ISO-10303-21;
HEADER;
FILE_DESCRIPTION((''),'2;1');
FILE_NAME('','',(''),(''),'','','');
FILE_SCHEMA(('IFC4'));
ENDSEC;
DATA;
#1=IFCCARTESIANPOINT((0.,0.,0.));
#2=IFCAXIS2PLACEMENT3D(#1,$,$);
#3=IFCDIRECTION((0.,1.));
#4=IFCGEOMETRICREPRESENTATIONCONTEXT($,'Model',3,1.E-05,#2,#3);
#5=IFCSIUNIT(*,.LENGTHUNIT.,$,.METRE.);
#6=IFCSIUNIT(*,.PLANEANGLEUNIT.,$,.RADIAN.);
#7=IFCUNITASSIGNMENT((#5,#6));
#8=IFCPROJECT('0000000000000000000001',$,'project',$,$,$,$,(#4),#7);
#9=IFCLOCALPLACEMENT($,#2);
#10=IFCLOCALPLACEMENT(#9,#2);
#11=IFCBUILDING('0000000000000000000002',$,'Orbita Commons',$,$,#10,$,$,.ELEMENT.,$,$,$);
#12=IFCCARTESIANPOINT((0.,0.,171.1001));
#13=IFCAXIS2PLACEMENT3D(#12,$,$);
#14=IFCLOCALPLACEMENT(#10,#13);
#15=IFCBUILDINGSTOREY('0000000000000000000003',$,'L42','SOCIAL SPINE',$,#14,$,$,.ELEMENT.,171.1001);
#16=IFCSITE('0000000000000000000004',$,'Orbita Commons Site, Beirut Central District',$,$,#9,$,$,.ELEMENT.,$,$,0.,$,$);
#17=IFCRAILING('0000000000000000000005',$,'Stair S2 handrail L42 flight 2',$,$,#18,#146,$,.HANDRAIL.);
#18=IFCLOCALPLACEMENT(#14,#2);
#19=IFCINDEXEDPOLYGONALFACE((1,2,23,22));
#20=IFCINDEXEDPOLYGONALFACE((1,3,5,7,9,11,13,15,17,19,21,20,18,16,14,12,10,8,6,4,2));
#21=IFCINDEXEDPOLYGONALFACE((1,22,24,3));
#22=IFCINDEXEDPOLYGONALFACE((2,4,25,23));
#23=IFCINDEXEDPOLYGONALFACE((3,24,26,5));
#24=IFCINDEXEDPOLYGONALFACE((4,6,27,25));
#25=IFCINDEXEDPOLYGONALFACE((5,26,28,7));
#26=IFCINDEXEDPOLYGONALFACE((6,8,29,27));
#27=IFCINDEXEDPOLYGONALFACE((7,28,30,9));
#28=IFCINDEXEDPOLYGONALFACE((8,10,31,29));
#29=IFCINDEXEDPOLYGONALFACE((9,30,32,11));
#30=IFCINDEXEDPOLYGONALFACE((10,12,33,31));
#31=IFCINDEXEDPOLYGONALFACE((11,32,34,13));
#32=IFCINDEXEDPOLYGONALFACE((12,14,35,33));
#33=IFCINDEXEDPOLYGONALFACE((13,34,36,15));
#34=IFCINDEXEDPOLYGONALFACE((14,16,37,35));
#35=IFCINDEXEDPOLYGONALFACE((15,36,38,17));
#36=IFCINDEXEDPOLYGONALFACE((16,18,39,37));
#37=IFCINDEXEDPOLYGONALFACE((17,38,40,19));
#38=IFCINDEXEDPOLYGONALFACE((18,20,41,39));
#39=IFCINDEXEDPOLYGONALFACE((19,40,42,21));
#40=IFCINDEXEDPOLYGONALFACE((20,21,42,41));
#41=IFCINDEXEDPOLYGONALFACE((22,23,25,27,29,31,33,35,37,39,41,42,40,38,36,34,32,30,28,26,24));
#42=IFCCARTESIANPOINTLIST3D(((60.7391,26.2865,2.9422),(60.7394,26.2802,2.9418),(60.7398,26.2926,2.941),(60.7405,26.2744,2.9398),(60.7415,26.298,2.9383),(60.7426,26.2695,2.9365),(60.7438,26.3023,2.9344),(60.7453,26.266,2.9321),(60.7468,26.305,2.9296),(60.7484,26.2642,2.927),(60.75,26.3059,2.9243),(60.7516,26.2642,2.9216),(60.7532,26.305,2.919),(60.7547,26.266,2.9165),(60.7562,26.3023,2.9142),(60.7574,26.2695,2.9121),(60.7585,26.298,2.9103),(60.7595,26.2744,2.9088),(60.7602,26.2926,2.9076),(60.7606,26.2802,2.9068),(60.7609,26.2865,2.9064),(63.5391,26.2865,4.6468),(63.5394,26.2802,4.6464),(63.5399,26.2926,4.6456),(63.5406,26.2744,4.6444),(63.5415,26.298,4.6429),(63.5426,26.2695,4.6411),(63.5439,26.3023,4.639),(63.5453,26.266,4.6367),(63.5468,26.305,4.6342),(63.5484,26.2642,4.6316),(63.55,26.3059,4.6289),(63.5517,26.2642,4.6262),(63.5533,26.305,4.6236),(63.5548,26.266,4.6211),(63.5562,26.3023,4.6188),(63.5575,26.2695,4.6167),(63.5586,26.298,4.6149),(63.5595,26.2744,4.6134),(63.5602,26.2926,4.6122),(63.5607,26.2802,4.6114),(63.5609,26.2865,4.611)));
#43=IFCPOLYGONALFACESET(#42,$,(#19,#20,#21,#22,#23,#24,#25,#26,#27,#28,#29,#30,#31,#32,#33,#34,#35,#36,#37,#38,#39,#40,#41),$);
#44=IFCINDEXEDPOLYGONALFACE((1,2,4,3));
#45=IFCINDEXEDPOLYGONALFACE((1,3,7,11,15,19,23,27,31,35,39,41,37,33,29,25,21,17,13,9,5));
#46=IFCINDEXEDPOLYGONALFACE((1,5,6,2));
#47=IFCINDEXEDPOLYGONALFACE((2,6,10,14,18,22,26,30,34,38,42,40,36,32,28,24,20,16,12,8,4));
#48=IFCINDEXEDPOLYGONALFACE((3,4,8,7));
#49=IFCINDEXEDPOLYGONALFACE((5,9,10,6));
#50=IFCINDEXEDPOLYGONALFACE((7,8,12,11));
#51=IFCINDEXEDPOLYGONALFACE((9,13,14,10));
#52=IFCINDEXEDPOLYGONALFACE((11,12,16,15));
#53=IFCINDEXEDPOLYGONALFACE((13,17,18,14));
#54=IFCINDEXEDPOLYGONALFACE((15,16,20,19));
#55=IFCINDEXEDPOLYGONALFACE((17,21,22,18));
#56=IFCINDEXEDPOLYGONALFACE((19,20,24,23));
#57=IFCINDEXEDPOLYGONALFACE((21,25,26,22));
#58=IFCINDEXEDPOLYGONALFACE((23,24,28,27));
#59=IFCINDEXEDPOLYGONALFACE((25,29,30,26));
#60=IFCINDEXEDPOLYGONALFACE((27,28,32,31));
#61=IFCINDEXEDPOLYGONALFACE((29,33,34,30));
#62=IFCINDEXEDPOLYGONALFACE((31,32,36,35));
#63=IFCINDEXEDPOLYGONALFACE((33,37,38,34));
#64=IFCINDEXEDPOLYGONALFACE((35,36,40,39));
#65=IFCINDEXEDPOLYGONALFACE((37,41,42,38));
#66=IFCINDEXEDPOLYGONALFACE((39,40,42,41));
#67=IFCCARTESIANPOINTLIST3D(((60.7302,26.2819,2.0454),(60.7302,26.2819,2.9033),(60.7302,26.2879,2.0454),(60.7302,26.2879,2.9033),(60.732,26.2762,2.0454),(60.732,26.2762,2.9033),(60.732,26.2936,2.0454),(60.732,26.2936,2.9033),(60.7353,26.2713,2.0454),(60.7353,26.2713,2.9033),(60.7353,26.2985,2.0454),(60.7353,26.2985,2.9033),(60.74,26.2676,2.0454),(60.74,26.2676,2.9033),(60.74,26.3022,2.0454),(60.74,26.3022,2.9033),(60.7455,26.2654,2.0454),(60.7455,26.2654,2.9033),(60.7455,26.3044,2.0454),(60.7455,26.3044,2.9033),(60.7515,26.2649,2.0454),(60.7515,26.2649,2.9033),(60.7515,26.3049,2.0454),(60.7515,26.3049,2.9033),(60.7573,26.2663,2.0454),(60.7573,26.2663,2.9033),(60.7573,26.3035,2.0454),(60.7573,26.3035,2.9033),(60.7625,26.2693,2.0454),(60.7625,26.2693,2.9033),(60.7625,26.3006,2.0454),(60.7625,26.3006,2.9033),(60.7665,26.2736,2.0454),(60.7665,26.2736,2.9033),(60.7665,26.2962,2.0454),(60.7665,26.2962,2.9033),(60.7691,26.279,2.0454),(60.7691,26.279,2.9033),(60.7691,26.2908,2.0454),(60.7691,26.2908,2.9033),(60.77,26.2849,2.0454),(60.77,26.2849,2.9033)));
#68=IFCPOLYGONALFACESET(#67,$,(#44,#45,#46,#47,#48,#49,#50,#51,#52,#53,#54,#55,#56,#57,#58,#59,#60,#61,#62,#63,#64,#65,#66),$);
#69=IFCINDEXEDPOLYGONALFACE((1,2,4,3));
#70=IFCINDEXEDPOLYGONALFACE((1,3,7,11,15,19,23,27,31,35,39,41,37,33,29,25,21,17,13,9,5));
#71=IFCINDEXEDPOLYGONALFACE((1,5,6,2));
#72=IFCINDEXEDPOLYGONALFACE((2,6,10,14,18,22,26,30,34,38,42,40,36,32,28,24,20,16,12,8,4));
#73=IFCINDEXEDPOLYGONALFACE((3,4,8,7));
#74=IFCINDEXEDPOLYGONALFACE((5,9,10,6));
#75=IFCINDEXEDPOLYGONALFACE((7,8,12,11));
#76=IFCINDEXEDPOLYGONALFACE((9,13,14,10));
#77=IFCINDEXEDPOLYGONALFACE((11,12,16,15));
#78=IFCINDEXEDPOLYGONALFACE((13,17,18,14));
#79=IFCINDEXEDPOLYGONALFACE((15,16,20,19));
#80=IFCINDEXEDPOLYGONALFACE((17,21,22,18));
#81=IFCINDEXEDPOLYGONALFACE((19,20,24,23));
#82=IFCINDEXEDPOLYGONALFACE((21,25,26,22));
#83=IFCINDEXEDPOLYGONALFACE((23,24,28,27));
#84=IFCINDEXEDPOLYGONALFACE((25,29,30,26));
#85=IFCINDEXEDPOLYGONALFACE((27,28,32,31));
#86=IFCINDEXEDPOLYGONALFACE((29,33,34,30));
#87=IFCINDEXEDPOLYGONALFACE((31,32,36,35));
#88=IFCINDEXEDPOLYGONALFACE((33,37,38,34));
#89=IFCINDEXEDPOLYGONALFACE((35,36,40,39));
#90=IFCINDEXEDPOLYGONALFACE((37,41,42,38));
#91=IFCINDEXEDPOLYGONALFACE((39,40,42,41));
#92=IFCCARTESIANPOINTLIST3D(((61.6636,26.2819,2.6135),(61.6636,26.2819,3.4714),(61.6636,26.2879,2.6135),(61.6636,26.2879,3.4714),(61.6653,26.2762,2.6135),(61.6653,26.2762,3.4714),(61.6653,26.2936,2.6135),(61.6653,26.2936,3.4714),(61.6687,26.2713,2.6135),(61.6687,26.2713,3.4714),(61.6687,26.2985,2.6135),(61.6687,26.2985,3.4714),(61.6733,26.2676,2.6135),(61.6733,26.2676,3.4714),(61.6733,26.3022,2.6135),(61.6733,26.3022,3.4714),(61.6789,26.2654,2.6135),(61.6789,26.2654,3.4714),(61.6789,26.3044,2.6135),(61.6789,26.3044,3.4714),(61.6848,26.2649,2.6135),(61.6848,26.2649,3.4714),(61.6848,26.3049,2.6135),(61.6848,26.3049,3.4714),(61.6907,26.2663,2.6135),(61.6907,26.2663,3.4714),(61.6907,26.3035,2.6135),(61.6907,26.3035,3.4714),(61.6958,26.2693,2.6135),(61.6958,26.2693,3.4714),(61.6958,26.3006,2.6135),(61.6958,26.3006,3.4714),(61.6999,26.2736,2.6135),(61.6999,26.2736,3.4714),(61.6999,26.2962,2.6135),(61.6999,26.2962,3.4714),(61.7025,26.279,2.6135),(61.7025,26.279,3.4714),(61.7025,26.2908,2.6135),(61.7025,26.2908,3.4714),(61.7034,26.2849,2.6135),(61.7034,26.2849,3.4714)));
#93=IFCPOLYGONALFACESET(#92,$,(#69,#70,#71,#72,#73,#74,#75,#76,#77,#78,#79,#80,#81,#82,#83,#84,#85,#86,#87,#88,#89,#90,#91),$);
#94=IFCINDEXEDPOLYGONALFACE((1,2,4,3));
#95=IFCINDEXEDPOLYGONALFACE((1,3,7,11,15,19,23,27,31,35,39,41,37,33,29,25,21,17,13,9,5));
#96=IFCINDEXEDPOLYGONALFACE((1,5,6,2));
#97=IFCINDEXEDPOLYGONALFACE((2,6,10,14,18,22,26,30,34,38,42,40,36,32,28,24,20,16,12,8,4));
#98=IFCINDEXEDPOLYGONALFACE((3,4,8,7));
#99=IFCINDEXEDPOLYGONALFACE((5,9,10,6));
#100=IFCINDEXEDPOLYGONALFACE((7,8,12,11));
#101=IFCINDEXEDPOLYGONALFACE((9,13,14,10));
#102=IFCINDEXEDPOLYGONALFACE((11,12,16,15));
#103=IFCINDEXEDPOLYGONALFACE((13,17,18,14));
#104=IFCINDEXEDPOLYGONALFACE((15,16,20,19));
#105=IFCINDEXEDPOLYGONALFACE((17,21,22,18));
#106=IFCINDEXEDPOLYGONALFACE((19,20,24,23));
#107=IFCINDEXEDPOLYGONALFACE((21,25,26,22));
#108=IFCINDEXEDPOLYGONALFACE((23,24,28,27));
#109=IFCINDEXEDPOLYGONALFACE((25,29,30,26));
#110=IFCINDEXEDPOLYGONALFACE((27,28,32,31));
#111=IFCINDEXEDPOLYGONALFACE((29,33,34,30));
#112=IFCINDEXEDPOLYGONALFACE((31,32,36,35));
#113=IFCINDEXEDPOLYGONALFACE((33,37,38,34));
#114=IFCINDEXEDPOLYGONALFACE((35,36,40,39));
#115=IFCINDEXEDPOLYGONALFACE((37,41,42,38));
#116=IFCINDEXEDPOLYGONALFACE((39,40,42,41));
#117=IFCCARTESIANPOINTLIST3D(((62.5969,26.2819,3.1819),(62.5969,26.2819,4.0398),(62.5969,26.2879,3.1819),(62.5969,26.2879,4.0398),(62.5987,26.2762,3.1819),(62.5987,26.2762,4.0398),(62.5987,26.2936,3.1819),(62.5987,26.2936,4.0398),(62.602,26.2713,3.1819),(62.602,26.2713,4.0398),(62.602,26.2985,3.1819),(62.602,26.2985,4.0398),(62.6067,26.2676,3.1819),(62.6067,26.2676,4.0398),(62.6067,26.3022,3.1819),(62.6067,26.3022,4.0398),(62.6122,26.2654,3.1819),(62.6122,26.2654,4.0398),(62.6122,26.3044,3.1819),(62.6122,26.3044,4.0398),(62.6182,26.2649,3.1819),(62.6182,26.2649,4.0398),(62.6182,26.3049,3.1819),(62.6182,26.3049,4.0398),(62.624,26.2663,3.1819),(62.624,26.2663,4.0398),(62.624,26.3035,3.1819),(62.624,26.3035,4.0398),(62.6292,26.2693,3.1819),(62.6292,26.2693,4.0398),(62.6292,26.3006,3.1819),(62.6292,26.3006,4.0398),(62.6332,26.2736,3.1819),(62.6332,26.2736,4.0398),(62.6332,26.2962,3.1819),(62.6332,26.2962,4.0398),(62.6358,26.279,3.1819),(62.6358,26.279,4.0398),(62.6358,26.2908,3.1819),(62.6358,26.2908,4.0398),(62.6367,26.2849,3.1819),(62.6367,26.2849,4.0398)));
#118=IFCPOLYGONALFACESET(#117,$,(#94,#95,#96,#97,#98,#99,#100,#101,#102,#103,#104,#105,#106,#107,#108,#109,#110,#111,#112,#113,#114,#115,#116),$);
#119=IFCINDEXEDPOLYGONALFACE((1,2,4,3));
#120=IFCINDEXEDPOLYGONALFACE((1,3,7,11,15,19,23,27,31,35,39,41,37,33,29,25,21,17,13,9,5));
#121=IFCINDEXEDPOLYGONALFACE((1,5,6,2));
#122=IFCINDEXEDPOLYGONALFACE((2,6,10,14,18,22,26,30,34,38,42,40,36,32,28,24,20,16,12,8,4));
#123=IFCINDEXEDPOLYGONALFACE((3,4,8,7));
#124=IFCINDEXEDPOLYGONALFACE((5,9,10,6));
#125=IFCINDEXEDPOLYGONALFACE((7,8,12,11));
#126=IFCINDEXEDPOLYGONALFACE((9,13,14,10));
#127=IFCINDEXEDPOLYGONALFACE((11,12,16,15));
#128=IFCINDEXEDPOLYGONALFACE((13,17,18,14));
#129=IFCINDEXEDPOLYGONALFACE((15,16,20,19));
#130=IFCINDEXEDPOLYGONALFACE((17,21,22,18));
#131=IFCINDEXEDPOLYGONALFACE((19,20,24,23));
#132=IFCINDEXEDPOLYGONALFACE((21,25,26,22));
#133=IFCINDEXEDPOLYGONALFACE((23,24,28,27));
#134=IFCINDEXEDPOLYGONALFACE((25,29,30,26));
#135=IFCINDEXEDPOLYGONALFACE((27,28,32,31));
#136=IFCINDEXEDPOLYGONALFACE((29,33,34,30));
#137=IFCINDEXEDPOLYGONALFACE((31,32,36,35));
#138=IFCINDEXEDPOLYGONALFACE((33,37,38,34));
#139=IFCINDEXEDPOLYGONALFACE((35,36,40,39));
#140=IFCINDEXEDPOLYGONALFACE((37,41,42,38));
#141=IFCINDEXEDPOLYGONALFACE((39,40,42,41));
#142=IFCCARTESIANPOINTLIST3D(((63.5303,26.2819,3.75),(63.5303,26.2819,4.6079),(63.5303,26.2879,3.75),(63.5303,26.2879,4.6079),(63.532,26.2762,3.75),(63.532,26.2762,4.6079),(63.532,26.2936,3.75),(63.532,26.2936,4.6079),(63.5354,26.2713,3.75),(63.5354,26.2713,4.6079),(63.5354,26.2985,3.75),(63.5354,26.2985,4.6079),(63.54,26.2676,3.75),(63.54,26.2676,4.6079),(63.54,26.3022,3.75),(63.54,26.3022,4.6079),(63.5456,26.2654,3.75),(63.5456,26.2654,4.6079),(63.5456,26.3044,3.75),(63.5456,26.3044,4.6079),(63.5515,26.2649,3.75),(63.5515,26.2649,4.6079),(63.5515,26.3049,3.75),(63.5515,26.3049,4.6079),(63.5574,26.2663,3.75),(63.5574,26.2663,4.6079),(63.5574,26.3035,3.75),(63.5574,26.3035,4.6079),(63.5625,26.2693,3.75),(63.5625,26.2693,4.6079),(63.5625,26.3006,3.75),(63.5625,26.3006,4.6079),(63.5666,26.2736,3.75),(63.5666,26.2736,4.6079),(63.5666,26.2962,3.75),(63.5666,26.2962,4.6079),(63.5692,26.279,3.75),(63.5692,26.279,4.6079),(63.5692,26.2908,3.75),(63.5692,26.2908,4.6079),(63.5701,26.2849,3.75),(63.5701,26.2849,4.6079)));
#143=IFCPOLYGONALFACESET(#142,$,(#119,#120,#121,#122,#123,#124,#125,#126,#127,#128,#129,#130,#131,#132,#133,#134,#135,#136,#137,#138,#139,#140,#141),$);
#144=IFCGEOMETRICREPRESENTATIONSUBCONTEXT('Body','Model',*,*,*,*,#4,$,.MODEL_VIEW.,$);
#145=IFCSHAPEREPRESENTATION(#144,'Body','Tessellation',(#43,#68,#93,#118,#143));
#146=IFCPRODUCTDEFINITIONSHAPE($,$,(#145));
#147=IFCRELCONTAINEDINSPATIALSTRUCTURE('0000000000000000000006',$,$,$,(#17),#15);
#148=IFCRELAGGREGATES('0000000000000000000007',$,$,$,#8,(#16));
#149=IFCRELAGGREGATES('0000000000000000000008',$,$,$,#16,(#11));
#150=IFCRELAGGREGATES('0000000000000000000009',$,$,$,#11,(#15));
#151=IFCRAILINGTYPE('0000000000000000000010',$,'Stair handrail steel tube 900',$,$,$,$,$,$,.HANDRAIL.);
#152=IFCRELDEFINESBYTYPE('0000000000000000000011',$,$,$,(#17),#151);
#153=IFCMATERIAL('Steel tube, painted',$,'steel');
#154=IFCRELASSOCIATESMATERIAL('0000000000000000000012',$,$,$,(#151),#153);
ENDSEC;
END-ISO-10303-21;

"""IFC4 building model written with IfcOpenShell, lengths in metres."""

from ifc_helpers import new_model, si_unit, direction, frame, origin, origin_2d, place, context, subcontext, project, spatial, circle, extrude, material, type_object, element, save


model = new_model("IFC4")

# Units and contexts
model_context = context("Model", 3, precision=1e-05, world=origin(), true_north=direction((0.0, 1.0)))
body_context = subcontext(model_context, "Body", "Model", "MODEL_VIEW")
ifc_project = project(units=[si_unit("LENGTHUNIT", "METRE"), si_unit("PLANEANGLEUNIT", "RADIAN")], contexts=[model_context])

# Site, building, storey
site_placement = place(None, origin())
site = spatial("IfcSite", under=ifc_project, at=site_placement, Name="Orbita Commons Site, Beirut Central District", CompositionType="ELEMENT", RefElevation=0.0)
building_placement = place(site_placement, origin())
building = spatial("IfcBuilding", under=site, at=building_placement, Name="Orbita Commons", CompositionType="ELEMENT")
storey_placement = place(building_placement, frame((0.0, 0.0, 171.1001)))
storey = spatial("IfcBuildingStorey", under=building, at=storey_placement, Name="L42", Description="SOCIAL SPINE", CompositionType="ELEMENT", Elevation=171.1001)

# Railing
ifc_material_1 = material(Name="Steel tube, painted", Category="steel")
railing_type = type_object("IfcRailingType", Name="Stair handrail steel tube 900", PredefinedType="HANDRAIL", material=ifc_material_1)
for number, where, name in (
    (1, (60.75, 26.2849, 2.0454), "Stair S2 handrail L42 flight 2"),
):
    element("IfcRailing", number, at=place(storey_placement, frame(where)), inside=storey, type_object=railing_type, Name=name, PredefinedType="HANDRAIL", context=body_context, shape_type="SweptSolid", body=[
        extrude(circle(Radius=0.021, at=origin_2d()), frame((0.0, 0.0, 0.8789), z_axis=(0.85417, 0.0, 0.519994), x_axis=(0.0, 1.0, 0.0)), (0.0, 0.0, 1.0), 3.2781),
        extrude(circle(Radius=0.02, at=origin_2d()), origin(), (0.0, 0.0, 1.0), 0.8579),
        extrude(circle(Radius=0.02, at=origin_2d()), frame((0.9333, 0.0, 0.5681)), (0.0, 0.0, 1.0), 0.8579),
        extrude(circle(Radius=0.02, at=origin_2d()), frame((1.8667, 0.0, 1.1365)), (0.0, 0.0, 1.0), 0.8579),
        extrude(circle(Radius=0.02, at=origin_2d()), frame((2.8, 0.0, 1.7046)), (0.0, 0.0, 1.0), 0.8579),
    ])

save(model, "model.ifc")
